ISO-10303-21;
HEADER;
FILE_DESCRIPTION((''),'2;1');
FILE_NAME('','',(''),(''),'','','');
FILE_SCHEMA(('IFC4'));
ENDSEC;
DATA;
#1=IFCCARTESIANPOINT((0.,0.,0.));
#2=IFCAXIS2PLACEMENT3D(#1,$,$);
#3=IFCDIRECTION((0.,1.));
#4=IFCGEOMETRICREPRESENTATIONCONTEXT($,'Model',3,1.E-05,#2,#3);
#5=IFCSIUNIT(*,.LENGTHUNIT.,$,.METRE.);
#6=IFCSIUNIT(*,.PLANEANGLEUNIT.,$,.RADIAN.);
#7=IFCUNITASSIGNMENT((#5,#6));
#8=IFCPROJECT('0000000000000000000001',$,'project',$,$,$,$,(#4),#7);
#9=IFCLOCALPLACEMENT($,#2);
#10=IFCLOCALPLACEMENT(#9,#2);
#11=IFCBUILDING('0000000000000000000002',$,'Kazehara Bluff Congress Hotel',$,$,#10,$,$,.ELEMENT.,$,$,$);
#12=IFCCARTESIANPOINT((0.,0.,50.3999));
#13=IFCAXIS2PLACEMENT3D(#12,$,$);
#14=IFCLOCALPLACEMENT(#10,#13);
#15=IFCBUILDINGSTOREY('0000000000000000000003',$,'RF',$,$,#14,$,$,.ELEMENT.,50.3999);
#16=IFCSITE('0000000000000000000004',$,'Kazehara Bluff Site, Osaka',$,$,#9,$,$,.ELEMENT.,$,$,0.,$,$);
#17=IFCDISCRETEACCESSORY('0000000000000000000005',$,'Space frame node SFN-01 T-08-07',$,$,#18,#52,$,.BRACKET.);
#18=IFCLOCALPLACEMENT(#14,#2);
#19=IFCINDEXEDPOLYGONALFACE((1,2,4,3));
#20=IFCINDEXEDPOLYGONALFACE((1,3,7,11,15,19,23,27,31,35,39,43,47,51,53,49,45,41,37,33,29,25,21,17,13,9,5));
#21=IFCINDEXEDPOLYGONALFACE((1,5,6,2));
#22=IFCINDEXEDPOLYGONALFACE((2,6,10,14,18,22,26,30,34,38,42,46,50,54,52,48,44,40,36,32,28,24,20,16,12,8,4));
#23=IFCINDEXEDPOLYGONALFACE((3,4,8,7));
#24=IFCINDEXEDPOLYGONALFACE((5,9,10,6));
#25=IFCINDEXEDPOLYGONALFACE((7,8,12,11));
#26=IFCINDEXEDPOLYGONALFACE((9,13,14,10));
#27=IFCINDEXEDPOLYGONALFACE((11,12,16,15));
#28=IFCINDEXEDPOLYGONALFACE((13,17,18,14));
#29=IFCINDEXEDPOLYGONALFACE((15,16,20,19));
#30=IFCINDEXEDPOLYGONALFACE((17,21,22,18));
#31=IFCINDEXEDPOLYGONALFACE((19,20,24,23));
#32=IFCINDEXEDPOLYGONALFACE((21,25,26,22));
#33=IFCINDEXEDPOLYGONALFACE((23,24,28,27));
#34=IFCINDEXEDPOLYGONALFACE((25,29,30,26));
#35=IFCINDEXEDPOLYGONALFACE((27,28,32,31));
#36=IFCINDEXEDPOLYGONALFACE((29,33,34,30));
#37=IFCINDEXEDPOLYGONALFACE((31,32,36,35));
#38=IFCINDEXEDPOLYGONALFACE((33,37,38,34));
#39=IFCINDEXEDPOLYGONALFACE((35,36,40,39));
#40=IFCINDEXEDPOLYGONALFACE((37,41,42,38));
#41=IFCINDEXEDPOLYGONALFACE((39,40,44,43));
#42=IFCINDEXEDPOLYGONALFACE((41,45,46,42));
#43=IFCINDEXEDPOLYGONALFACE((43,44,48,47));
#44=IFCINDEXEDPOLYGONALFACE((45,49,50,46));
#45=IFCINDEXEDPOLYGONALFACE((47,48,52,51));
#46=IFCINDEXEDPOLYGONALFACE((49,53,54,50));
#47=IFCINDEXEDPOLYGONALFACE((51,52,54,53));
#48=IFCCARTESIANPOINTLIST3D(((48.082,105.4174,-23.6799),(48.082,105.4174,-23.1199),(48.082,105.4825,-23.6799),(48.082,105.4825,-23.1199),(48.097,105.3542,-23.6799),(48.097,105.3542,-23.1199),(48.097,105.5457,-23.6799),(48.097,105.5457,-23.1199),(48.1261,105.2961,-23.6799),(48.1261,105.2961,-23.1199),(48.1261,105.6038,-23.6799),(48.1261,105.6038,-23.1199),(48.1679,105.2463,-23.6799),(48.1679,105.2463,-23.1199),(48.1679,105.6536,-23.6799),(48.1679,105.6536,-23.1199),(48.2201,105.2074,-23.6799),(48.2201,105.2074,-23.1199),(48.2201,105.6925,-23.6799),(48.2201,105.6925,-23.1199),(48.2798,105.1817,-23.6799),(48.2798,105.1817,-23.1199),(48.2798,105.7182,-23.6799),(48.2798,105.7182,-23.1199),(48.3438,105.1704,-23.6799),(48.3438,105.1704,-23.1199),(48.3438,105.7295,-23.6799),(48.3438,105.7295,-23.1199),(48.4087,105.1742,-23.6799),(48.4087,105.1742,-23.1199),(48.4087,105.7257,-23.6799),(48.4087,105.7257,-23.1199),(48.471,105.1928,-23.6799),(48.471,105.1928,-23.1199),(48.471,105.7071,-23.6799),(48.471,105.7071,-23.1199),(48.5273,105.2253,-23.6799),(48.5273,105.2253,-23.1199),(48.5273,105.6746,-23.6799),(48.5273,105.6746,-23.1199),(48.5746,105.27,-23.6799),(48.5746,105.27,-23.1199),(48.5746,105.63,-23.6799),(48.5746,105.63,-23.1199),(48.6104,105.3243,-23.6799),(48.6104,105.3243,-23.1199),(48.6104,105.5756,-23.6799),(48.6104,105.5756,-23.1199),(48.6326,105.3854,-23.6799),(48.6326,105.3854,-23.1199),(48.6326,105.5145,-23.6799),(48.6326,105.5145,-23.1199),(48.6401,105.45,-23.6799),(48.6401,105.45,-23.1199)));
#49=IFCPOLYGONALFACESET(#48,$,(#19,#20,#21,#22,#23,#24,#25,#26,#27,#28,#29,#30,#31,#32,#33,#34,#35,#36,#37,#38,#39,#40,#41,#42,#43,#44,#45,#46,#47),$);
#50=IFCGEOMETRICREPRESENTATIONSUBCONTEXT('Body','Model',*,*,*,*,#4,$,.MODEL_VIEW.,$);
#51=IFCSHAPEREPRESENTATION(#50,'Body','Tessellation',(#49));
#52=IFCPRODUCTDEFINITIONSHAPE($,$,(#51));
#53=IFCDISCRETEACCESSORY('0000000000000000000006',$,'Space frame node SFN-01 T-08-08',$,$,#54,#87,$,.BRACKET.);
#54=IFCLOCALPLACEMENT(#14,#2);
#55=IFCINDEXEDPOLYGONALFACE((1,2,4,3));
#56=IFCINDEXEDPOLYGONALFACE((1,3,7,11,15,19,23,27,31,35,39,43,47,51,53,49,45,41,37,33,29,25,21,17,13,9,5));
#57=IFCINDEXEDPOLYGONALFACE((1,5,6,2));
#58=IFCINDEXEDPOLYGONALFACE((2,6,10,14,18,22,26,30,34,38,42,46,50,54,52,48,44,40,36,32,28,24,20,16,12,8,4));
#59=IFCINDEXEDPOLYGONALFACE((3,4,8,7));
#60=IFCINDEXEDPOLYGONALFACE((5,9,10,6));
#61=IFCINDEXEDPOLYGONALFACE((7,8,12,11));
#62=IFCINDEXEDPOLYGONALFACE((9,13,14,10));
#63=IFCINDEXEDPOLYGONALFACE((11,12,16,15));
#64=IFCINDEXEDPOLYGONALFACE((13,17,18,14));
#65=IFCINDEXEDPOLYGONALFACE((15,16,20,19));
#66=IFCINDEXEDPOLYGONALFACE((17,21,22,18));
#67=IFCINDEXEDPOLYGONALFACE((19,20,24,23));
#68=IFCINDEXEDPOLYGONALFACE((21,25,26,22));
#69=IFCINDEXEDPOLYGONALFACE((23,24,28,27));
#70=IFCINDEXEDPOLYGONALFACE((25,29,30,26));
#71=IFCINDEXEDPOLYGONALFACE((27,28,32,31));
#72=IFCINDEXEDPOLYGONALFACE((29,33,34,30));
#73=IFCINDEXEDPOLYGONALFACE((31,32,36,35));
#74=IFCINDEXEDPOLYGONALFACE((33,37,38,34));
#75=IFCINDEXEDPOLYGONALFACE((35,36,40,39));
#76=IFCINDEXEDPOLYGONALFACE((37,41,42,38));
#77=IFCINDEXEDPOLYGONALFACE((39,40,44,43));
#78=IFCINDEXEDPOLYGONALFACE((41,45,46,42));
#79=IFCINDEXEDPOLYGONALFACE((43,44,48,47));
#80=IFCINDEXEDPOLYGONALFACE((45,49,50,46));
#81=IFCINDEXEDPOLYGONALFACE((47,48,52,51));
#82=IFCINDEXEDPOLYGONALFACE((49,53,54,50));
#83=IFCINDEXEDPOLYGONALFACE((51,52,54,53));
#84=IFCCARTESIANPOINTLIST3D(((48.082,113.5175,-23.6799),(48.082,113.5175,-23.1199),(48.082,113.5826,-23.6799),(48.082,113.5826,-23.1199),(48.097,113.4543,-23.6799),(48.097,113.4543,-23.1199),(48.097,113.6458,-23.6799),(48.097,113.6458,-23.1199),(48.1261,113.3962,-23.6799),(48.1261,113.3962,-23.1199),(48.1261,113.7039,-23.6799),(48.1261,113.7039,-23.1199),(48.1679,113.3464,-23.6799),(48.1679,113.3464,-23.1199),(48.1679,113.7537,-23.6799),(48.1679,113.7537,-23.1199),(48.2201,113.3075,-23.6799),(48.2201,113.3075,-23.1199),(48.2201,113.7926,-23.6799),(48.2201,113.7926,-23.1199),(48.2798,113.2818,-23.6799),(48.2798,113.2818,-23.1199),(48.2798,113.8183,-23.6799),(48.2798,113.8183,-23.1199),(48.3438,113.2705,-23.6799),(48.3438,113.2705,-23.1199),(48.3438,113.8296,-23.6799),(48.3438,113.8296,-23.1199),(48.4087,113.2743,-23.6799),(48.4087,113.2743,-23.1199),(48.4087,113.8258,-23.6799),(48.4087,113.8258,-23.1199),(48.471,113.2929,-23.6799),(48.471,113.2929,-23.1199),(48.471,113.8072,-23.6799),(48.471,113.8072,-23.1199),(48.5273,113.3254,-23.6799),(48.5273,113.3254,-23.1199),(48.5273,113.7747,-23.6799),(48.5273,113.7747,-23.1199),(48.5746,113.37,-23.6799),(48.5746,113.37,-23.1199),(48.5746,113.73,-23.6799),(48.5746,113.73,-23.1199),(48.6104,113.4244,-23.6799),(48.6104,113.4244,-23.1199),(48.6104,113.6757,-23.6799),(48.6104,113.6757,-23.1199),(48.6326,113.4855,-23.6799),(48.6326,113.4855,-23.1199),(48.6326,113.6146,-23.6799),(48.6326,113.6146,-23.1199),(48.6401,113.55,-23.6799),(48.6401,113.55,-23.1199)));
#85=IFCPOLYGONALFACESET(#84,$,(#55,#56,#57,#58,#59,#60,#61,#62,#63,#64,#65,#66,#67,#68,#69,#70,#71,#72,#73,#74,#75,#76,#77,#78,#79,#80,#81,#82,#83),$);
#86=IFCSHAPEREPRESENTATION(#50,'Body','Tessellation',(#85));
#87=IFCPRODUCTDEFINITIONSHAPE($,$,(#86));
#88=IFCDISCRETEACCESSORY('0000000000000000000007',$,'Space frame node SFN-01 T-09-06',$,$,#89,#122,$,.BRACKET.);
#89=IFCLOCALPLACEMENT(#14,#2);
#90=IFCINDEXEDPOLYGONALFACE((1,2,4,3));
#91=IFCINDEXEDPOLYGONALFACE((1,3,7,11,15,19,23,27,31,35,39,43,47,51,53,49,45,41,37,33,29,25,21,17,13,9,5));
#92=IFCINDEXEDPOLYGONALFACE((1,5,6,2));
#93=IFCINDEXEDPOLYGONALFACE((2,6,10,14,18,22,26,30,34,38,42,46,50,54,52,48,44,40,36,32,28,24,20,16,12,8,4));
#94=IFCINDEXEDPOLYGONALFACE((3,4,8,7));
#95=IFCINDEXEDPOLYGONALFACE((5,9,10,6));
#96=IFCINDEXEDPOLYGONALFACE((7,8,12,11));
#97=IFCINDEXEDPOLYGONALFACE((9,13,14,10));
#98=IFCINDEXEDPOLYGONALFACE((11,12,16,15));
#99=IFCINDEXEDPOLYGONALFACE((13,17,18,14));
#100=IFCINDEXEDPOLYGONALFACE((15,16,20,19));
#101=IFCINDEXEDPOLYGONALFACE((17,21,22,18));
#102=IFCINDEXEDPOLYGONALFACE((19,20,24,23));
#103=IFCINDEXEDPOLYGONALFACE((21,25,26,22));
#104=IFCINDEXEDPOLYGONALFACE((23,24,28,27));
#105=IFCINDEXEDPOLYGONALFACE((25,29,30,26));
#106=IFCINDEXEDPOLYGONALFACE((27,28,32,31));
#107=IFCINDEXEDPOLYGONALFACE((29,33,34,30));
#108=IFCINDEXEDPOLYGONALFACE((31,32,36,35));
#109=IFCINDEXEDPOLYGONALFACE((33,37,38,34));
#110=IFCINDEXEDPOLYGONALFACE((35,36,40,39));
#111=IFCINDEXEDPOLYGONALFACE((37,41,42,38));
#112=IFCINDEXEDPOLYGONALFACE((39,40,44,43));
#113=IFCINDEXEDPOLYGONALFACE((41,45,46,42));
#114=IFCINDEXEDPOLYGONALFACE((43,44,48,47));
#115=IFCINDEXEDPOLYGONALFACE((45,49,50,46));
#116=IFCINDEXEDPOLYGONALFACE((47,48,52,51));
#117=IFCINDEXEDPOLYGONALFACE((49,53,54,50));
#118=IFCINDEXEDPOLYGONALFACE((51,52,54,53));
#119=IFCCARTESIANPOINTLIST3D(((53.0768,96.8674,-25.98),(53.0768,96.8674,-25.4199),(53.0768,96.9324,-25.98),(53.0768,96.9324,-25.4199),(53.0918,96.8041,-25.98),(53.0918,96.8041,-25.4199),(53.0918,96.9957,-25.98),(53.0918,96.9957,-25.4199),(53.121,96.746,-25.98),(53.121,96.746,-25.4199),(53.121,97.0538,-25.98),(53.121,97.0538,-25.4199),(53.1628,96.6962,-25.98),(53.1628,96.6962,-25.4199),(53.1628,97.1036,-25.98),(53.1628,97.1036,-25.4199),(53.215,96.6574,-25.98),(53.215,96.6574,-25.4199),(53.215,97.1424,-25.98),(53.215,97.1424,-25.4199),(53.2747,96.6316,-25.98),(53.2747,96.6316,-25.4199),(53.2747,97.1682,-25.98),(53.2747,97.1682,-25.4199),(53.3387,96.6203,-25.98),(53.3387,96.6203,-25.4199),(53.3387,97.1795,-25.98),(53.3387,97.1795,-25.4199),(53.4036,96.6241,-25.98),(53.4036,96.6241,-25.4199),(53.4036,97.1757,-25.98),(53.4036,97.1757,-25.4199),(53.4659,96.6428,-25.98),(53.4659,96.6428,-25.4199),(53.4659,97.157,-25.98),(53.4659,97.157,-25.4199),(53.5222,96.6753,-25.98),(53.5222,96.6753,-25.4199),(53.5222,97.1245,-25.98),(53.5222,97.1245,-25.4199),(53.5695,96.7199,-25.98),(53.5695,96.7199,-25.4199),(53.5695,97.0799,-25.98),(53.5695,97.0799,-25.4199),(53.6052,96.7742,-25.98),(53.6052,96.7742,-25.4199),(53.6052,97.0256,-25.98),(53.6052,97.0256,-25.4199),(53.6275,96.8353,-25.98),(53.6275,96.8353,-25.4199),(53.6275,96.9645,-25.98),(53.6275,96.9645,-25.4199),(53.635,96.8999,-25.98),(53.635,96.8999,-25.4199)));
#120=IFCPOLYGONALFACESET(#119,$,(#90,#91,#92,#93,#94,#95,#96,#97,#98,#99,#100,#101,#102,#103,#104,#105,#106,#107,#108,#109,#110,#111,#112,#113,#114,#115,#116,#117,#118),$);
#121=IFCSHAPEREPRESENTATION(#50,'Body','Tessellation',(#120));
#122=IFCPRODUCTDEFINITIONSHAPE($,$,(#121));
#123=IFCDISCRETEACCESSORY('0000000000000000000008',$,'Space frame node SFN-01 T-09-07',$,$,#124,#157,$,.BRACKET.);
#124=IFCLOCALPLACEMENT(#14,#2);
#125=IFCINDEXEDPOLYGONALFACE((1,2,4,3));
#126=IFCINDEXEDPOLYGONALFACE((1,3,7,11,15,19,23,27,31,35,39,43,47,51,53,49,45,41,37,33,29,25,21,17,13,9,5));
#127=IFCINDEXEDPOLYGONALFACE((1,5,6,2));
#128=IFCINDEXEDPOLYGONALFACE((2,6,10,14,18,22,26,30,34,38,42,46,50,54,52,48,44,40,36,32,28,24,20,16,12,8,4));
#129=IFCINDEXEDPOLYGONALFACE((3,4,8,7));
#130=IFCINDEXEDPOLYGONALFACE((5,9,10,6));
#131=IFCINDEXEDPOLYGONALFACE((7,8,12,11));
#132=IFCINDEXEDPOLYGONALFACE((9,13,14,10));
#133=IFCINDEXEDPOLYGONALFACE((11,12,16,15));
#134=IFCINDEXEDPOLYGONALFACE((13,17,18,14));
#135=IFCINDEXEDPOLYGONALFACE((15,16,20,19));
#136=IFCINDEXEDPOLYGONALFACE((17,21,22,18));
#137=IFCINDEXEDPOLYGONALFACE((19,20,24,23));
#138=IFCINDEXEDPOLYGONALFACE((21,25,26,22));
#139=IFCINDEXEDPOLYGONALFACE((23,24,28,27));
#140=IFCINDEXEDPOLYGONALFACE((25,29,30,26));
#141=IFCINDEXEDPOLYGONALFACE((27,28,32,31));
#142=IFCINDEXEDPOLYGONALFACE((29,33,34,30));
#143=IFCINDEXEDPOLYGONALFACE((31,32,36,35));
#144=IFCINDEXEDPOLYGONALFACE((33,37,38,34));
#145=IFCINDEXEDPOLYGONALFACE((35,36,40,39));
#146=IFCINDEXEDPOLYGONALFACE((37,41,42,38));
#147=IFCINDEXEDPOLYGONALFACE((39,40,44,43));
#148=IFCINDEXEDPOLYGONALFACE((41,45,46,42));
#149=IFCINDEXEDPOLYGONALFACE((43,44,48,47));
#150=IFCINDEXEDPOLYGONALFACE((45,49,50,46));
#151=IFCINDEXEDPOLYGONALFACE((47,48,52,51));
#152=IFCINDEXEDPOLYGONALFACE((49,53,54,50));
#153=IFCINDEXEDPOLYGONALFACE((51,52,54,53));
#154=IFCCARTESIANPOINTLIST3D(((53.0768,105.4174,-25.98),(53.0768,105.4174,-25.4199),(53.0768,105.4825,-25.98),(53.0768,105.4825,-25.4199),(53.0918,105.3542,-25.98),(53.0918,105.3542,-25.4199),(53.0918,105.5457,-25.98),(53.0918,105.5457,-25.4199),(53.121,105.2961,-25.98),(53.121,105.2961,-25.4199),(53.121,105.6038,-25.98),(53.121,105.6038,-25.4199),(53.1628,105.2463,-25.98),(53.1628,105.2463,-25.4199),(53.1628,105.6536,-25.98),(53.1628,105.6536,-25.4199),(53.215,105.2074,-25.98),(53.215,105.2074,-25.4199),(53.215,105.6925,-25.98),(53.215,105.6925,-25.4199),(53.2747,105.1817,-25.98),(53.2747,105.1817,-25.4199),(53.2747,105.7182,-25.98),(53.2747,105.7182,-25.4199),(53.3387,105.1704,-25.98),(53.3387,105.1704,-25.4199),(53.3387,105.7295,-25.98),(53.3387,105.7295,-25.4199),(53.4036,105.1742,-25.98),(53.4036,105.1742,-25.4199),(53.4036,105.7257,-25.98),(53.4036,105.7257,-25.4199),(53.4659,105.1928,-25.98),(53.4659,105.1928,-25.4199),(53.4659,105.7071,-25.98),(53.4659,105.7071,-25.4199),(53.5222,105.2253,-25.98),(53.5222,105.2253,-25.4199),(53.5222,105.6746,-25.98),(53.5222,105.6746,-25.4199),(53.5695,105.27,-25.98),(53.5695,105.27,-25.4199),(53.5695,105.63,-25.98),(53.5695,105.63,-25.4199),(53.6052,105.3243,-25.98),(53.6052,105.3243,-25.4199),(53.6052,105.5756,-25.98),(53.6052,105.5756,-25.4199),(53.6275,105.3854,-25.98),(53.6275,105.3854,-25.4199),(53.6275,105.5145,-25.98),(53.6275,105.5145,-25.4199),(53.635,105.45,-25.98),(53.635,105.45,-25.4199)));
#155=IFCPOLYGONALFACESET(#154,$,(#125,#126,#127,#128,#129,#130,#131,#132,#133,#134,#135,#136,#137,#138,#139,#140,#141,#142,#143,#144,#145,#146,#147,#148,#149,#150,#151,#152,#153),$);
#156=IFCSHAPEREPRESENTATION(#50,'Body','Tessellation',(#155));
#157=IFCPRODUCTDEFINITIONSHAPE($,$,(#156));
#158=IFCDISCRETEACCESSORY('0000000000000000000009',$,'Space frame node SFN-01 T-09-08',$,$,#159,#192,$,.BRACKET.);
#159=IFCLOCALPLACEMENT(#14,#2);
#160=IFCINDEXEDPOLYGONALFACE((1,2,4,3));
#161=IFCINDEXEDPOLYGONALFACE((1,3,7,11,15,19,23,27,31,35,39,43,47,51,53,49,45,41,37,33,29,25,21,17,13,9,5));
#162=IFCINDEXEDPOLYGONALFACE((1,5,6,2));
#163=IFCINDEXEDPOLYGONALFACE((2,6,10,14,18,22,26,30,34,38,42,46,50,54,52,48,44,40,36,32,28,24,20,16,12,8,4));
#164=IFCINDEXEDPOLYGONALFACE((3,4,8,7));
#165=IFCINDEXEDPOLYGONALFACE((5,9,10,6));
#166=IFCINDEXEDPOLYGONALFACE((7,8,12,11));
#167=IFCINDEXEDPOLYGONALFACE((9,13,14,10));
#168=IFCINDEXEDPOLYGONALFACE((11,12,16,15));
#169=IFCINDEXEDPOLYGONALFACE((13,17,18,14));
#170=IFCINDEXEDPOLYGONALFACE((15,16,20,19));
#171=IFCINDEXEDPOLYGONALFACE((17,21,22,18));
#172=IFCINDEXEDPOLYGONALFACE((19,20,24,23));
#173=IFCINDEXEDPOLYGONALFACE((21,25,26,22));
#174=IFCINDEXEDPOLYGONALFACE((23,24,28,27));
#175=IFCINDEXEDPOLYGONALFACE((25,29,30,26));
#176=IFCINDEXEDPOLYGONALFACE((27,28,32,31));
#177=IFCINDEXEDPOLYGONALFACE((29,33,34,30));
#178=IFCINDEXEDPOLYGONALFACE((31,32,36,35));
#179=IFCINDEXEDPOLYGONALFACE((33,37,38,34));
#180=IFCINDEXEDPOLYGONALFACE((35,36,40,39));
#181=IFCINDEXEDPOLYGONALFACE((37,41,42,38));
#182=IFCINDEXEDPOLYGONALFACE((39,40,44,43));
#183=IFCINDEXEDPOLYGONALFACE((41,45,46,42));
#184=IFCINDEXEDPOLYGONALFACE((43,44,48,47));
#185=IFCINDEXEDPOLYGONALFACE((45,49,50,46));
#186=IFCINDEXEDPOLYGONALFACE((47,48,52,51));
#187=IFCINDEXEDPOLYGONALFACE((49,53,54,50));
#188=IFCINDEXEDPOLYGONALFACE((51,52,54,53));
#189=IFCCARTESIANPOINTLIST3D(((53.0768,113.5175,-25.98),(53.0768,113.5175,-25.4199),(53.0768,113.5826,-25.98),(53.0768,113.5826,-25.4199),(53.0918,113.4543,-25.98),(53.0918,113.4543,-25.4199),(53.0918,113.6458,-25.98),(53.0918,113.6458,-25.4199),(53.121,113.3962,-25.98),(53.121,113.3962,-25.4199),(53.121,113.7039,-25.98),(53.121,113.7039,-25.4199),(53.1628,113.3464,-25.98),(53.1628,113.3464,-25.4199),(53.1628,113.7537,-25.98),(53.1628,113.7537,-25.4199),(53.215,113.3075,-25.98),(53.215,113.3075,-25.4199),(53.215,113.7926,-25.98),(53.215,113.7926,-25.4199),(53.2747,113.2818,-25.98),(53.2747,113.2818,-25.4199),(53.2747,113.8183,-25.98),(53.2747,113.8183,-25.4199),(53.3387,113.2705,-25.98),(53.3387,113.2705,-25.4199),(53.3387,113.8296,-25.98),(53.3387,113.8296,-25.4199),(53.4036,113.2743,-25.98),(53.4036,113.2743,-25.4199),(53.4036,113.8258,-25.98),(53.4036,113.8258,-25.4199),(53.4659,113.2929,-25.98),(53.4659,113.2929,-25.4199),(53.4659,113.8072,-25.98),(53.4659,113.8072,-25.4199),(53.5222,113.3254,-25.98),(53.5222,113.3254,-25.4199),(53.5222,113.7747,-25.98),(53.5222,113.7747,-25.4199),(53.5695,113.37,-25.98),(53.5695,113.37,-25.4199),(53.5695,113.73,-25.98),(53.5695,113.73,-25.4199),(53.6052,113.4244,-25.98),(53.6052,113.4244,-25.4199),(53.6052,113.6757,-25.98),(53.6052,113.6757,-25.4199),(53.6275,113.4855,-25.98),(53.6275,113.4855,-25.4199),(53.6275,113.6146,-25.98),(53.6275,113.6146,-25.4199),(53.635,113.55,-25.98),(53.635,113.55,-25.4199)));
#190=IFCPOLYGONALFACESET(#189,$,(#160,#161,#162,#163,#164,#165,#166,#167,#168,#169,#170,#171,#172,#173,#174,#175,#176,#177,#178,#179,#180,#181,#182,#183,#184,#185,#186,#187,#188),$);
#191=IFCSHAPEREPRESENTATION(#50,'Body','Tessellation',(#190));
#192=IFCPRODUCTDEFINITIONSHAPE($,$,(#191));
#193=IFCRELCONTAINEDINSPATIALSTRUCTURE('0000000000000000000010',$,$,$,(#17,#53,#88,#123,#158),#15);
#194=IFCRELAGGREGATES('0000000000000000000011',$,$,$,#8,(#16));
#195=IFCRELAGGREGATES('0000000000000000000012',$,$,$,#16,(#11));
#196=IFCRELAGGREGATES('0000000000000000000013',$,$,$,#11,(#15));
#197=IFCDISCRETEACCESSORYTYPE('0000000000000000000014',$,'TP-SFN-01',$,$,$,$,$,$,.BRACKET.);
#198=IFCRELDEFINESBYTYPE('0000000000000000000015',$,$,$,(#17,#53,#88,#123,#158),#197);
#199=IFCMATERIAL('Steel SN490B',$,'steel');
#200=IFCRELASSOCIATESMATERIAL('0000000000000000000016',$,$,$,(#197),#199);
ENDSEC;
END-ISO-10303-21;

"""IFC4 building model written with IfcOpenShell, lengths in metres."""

from ifc_helpers import new_model, si_unit, direction, frame, origin, origin_2d, place, context, subcontext, project, spatial, circle, extrude, material, material_profile, profile_set, type_object, element, save


model = new_model("IFC4")

# Units and contexts
model_context = context("Model", 3, precision=1e-05, world=origin(), true_north=direction((0.0, 1.0)))
body_context = subcontext(model_context, "Body", "Model", "MODEL_VIEW")
ifc_project = project(units=[si_unit("LENGTHUNIT", "METRE"), si_unit("PLANEANGLEUNIT", "RADIAN")], contexts=[model_context])

# Site, building, storey
site_placement = place(None, origin())
site = spatial("IfcSite", under=ifc_project, at=site_placement, Name="Kazehara Bluff Site, Osaka", CompositionType="ELEMENT", RefElevation=0.0)
building_placement = place(site_placement, origin())
building = spatial("IfcBuilding", under=site, at=building_placement, Name="Kazehara Bluff Congress Hotel", CompositionType="ELEMENT")
storey_placement = place(building_placement, frame((0.0, 0.0, 50.3999)))
storey = spatial("IfcBuildingStorey", under=building, at=storey_placement, Name="RF", CompositionType="ELEMENT", Elevation=50.3999)

# Discrete accessories
ifc_material_1 = material(Name="Steel SN490B", Category="steel")
ifc_material_profile_1 = material_profile(ifc_material_1, circle(Radius=0.28, at=origin_2d()))
ifc_profile_set_1 = profile_set([ifc_material_profile_1], Name="Steel SN490B")
discrete_accessory_type_1 = type_object("IfcDiscreteAccessoryType", Name="TP-SFN-01", PredefinedType="BRACKET", material=ifc_profile_set_1)
for number, where, z_axis, x_axis, name in (
    (1, (48.3601, 105.45, -23.6799), (0.0, 0.0, 1.0), (1.0, 0.0, 0.0), "Space frame node SFN-01 T-08-07"),
    (2, (48.3601, 113.55, -23.6799), (0.0, 0.0, 1.0), (1.0, 0.0, 0.0), "Space frame node SFN-01 T-08-08"),
    (3, (53.355, 96.8999, -25.98), (0.0, 0.0, 1.0), (1.0, 0.0, 0.0), "Space frame node SFN-01 T-09-06"),
    (4, (53.355, 105.45, -25.98), (0.0, 0.0, 1.0), (1.0, 0.0, 0.0), "Space frame node SFN-01 T-09-07"),
    (5, (53.355, 113.55, -25.98), (0.0, 0.0, 1.0), (1.0, 0.0, 0.0), "Space frame node SFN-01 T-09-08"),
):
    element("IfcDiscreteAccessory", number, at=place(storey_placement, frame(where, z_axis=z_axis, x_axis=x_axis)), inside=storey, type_object=discrete_accessory_type_1, Name=name, PredefinedType="BRACKET", context=body_context, shape_type="SweptSolid", body=[
        extrude(circle(Radius=0.28, at=origin_2d()), origin(), (0.0, 0.0, 1.0), 0.5601),
    ])

save(model, "model.ifc")
